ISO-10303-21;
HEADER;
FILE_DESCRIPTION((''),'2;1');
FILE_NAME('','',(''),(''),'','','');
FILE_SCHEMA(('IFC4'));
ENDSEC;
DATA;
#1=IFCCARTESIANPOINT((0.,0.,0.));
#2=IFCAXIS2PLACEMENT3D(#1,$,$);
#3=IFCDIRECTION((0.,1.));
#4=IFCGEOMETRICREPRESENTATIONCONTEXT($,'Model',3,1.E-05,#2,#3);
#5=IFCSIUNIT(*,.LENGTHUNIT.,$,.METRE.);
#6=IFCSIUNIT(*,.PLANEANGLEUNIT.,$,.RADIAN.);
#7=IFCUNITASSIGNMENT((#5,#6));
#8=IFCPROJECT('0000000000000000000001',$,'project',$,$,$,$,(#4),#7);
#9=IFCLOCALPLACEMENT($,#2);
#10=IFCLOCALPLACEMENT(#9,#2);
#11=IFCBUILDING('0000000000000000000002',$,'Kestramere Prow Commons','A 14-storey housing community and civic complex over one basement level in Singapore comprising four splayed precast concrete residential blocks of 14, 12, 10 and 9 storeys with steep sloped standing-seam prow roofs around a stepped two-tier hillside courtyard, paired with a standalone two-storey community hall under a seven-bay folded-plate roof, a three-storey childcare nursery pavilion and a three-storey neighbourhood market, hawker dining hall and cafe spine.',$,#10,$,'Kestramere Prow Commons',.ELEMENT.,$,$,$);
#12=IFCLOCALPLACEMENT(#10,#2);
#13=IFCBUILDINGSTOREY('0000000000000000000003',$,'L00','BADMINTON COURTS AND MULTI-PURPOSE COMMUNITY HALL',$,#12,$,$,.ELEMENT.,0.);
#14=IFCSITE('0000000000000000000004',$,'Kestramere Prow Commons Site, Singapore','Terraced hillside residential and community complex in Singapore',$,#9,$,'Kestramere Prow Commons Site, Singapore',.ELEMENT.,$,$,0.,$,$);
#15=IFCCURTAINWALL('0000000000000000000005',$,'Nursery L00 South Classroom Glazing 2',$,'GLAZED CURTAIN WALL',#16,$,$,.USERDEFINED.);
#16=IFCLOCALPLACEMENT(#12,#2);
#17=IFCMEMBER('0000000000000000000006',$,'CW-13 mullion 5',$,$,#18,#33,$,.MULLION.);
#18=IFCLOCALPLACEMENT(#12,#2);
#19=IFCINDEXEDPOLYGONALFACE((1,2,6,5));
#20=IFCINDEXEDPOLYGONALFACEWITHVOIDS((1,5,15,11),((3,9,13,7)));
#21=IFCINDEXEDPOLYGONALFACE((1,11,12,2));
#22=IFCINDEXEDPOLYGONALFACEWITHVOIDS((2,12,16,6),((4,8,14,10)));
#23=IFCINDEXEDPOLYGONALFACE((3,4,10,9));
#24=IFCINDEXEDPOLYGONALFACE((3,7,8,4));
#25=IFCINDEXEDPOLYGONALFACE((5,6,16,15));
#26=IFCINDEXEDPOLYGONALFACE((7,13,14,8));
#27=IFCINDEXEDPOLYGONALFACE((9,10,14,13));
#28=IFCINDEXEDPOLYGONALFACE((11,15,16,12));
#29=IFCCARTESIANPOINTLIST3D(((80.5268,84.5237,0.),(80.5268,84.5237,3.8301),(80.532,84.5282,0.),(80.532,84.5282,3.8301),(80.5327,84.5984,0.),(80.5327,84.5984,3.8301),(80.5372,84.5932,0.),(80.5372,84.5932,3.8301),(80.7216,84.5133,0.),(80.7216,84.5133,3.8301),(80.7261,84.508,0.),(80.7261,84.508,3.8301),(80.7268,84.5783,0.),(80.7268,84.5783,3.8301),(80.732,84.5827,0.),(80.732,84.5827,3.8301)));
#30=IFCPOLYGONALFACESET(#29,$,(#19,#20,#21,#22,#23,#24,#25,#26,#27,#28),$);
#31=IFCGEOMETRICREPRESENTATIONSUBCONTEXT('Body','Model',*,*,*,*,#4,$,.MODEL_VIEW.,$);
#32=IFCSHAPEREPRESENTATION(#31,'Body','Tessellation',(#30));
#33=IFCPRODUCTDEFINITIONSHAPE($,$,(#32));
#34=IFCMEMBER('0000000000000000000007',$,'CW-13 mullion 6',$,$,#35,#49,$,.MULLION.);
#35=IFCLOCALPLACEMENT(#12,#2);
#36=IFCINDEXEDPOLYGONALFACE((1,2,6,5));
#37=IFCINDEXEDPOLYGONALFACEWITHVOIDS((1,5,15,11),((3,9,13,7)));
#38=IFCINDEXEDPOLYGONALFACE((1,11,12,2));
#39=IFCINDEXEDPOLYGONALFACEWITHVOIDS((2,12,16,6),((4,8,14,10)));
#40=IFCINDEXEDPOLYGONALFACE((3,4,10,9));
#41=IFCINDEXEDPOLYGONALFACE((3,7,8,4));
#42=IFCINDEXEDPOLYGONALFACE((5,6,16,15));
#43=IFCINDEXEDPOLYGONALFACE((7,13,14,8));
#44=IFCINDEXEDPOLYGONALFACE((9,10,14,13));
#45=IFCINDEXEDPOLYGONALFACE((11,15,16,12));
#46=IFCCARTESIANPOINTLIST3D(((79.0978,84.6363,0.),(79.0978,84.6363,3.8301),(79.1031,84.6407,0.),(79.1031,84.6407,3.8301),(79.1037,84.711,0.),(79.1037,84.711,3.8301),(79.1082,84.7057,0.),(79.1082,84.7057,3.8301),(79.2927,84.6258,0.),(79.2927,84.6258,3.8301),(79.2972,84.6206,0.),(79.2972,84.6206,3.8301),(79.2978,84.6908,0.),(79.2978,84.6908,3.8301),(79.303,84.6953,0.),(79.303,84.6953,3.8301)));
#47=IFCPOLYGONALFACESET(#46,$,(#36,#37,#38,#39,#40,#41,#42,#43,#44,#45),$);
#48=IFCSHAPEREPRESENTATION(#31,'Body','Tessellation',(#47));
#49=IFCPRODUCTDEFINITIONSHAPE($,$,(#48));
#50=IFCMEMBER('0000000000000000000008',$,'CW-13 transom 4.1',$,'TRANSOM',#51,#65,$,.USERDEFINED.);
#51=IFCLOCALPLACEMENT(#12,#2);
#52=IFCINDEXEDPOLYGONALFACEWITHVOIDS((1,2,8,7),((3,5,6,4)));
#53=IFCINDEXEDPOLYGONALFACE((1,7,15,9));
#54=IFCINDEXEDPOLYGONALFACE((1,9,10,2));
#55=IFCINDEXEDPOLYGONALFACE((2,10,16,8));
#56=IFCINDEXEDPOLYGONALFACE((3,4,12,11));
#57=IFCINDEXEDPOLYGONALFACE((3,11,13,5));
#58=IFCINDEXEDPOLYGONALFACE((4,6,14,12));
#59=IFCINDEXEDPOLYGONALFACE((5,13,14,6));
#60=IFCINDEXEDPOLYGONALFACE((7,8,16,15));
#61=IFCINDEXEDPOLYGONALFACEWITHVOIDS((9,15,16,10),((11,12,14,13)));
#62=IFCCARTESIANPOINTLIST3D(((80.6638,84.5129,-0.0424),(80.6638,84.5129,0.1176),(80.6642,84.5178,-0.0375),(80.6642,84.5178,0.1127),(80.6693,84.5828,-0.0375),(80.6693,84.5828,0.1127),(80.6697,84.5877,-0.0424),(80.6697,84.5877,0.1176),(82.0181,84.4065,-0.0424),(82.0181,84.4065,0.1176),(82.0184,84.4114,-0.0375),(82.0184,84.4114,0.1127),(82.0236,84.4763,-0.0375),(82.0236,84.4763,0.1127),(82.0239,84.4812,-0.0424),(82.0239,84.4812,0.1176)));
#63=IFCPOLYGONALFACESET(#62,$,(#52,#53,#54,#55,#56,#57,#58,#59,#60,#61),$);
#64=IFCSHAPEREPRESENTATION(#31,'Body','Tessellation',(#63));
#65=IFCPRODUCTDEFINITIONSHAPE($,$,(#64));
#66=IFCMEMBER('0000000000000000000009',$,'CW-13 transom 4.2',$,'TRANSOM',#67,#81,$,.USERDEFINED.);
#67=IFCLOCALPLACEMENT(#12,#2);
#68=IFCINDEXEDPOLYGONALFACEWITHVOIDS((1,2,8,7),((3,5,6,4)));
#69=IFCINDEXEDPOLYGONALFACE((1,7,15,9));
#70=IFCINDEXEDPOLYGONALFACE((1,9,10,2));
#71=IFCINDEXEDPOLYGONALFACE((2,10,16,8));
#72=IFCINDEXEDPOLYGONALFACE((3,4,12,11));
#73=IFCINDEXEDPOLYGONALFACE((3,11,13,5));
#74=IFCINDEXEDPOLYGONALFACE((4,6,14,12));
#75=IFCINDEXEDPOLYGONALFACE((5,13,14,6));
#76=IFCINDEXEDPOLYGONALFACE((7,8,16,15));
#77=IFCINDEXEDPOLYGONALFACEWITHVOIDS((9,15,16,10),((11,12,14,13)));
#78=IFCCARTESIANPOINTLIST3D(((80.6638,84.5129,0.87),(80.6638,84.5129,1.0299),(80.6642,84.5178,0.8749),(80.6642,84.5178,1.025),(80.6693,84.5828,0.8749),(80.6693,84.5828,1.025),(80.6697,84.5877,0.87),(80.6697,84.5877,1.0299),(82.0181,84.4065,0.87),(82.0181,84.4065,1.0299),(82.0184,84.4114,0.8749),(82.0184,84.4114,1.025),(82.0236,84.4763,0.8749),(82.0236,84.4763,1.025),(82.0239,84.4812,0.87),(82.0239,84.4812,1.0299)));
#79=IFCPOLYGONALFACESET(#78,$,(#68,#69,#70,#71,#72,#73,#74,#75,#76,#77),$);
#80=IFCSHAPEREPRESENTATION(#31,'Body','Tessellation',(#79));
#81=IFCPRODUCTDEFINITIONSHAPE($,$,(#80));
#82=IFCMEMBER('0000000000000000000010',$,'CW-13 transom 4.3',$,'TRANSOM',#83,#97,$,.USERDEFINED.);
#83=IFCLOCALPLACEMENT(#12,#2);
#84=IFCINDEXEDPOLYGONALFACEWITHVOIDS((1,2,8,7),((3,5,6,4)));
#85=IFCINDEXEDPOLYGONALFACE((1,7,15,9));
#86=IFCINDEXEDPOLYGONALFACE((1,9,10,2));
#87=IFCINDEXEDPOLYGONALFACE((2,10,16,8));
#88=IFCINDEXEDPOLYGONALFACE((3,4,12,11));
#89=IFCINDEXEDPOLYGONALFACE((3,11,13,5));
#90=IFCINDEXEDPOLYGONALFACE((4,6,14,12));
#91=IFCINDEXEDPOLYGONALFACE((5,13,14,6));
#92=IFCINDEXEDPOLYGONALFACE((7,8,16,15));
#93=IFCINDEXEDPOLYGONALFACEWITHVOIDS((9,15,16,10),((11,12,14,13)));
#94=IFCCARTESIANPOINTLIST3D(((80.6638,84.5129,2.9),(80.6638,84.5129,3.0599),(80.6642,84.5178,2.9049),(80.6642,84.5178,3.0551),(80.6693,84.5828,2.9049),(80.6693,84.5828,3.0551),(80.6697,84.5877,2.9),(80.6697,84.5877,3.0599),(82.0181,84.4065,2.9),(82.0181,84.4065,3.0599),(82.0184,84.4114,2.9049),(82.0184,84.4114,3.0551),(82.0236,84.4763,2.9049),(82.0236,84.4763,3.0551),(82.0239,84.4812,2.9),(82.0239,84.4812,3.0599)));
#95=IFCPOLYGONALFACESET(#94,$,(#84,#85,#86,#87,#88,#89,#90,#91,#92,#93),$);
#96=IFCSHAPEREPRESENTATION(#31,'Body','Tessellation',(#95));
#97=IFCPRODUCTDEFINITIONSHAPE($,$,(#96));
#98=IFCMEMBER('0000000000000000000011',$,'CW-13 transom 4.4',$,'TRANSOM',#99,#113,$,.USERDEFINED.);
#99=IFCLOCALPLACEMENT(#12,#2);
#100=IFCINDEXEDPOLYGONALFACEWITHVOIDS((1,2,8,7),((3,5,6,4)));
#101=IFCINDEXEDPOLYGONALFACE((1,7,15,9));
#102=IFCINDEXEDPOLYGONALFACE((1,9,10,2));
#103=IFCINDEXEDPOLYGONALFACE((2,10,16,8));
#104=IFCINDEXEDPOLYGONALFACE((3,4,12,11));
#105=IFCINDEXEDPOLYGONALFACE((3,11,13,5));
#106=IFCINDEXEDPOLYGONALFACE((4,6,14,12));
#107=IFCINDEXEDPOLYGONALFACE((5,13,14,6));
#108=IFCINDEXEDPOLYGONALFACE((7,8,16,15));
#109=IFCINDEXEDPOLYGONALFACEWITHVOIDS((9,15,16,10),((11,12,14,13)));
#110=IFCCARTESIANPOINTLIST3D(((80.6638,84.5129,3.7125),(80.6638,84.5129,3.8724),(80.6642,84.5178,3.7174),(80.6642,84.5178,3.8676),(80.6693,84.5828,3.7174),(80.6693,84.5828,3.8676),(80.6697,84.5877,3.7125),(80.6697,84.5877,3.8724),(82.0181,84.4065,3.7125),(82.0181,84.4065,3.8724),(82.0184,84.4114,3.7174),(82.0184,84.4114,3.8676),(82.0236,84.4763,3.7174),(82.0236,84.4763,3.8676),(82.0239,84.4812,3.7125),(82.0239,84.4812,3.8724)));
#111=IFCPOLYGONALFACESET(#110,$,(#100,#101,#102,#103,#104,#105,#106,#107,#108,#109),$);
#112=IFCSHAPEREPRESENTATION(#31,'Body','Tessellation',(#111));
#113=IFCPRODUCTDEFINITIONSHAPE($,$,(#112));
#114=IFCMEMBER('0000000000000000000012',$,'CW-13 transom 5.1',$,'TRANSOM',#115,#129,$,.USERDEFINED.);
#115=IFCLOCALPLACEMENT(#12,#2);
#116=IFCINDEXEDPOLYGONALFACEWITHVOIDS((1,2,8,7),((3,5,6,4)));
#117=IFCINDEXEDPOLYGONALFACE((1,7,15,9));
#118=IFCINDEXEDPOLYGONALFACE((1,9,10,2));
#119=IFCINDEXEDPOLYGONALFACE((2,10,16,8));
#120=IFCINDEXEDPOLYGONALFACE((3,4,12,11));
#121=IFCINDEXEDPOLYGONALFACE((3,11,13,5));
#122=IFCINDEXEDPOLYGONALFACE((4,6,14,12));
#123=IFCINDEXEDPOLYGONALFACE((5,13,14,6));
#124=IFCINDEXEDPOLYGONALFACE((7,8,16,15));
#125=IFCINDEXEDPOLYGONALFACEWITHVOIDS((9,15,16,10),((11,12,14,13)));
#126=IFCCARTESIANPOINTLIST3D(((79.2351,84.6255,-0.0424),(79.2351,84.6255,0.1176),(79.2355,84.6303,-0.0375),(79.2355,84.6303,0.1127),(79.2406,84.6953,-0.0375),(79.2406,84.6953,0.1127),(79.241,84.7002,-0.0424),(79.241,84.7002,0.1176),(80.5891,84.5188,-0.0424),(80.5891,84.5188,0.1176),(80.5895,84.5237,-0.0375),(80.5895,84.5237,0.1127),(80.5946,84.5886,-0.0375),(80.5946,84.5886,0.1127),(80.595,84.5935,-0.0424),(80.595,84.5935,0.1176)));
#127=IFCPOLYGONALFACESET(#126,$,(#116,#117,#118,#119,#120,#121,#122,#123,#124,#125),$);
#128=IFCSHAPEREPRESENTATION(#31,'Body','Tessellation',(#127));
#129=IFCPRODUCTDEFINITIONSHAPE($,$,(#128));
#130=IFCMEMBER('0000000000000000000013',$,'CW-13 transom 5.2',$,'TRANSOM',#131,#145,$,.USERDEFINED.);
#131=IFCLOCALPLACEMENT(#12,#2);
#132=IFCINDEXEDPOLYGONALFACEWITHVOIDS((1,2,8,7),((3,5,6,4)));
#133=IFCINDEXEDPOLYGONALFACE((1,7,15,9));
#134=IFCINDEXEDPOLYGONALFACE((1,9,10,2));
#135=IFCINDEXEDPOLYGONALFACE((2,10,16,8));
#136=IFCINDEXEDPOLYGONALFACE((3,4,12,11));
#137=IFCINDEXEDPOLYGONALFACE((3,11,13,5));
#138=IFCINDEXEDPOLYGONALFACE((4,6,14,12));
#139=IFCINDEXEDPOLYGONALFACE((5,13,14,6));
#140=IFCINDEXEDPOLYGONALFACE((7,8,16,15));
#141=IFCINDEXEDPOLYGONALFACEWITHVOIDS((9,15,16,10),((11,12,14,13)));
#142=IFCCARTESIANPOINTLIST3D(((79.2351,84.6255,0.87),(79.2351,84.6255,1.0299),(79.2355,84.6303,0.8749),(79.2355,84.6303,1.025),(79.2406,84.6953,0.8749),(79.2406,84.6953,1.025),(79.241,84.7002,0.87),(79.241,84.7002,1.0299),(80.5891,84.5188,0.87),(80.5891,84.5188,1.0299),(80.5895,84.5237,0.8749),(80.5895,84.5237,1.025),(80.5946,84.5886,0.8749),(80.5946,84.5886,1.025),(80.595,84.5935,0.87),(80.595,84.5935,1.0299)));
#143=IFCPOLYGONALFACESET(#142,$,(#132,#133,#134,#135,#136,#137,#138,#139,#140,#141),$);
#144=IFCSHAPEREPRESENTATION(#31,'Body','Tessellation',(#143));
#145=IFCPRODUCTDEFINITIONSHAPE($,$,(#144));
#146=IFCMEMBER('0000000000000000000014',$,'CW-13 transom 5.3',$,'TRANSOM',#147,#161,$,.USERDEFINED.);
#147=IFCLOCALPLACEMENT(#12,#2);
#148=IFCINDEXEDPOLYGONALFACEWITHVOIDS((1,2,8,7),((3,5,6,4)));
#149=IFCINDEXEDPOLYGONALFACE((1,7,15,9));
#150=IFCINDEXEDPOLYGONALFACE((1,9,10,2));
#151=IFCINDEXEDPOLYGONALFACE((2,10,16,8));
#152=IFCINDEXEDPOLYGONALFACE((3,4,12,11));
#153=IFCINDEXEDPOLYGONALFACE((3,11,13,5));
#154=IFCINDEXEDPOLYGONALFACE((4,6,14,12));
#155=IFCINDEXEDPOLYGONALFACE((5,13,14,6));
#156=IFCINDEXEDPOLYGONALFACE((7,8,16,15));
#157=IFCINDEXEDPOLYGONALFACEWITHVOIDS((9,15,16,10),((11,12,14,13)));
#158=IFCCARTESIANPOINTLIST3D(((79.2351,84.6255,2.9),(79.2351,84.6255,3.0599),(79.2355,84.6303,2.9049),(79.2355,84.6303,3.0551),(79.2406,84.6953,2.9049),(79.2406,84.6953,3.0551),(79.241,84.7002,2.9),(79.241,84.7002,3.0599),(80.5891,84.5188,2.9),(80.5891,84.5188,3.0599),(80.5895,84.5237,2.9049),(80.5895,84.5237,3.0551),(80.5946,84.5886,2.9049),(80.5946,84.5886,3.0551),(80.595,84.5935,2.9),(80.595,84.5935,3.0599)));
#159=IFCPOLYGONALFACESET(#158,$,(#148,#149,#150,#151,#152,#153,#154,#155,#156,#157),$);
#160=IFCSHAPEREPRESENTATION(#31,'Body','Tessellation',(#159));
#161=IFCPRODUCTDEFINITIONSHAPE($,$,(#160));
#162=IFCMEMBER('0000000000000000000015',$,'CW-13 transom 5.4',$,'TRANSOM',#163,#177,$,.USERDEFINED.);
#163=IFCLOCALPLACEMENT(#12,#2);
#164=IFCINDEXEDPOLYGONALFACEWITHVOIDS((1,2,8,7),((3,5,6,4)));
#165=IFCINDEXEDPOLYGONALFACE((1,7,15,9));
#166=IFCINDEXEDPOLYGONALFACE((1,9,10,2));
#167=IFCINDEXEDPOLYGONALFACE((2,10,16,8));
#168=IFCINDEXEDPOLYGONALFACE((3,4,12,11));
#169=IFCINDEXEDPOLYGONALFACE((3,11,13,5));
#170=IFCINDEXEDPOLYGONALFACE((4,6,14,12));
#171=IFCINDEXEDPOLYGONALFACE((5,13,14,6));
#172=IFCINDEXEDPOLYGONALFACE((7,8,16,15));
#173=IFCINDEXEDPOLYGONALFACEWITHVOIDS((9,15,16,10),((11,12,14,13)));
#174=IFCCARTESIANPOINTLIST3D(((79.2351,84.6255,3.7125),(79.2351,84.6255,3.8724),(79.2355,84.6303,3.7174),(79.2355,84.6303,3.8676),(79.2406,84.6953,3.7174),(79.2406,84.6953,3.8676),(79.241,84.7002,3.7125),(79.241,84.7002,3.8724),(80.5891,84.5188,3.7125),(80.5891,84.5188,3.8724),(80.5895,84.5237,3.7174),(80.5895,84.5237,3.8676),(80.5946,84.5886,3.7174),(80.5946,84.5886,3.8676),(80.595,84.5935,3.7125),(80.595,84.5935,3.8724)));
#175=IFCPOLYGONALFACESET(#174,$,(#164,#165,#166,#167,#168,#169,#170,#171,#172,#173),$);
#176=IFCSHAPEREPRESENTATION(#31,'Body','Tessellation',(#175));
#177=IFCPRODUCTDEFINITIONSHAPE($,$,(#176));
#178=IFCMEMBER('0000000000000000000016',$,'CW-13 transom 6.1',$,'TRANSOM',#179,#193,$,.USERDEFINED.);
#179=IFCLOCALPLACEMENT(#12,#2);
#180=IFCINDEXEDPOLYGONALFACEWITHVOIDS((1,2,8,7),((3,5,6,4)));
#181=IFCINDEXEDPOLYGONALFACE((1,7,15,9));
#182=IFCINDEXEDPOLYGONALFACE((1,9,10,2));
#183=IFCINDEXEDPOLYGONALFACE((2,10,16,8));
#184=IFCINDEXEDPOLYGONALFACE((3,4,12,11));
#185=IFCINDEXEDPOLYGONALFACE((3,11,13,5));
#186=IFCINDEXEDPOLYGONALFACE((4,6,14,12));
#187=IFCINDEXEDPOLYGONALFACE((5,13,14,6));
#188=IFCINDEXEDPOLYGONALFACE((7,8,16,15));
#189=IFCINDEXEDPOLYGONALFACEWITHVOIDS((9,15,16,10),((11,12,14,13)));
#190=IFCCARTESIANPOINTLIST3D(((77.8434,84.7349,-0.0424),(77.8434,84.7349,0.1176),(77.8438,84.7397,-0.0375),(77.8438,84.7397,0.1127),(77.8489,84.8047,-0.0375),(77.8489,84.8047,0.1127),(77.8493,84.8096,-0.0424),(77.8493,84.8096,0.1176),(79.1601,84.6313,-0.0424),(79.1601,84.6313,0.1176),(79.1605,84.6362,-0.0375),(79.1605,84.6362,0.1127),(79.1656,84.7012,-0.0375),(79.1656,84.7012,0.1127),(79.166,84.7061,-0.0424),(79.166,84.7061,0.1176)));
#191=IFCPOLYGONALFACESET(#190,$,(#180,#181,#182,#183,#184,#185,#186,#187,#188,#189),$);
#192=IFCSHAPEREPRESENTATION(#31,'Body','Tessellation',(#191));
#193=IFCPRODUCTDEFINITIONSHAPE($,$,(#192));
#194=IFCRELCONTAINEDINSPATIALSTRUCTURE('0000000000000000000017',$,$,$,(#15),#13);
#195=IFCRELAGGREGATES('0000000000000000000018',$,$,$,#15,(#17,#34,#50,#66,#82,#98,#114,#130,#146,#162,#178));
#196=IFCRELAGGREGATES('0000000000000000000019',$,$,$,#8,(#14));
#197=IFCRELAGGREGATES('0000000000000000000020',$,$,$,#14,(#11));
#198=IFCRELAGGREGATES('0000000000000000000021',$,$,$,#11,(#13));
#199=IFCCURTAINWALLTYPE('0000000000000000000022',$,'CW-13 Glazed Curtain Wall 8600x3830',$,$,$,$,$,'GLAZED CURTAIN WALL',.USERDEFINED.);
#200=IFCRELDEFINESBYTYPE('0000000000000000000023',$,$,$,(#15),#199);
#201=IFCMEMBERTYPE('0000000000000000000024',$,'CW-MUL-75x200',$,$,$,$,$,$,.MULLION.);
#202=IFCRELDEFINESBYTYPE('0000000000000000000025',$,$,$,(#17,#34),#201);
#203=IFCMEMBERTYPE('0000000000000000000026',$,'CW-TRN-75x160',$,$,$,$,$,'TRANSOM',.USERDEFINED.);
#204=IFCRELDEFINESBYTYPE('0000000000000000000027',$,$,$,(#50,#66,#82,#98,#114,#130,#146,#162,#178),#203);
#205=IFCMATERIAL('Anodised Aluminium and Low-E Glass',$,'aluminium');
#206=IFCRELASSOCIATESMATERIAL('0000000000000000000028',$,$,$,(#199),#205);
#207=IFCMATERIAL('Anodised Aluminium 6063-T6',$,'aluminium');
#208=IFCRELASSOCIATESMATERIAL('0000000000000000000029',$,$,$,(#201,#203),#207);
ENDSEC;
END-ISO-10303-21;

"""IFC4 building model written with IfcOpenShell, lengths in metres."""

from ifc_helpers import new_model, si_unit, direction, frame, origin, origin_2d, place, context, subcontext, project, spatial, hollow_rectangle, extrude, material, material_profile, profile_set, type_object, element, aggregate, save


model = new_model("IFC4")

# Units and contexts
model_context = context("Model", 3, precision=1e-05, world=origin(), true_north=direction((0.0, 1.0)))
body_context = subcontext(model_context, "Body", "Model", "MODEL_VIEW")
ifc_project = project(units=[si_unit("LENGTHUNIT", "METRE"), si_unit("PLANEANGLEUNIT", "RADIAN")], contexts=[model_context])

# Site, building, storey
site_placement = place(None, origin())
site = spatial("IfcSite", under=ifc_project, at=site_placement, Name="Kestramere Prow Commons Site, Singapore", Description="Terraced hillside residential and community complex in Singapore", LongName="Kestramere Prow Commons Site, Singapore", CompositionType="ELEMENT", RefElevation=0.0)
building_placement = place(site_placement, origin())
building = spatial("IfcBuilding", under=site, at=building_placement, Name="Kestramere Prow Commons", Description="A 14-storey housing community and civic complex over one basement level in Singapore comprising four splayed precast concrete residential blocks of 14, 12, 10 and 9 storeys with steep sloped standing-seam prow roofs around a stepped two-tier hillside courtyard, paired with a standalone two-storey community hall under a seven-bay folded-plate roof, a three-storey childcare nursery pavilion and a three-storey neighbourhood market, hawker dining hall and cafe spine.", LongName="Kestramere Prow Commons", CompositionType="ELEMENT")
storey_placement = place(building_placement, origin())
storey = spatial("IfcBuildingStorey", under=building, at=storey_placement, Name="L00", Description="BADMINTON COURTS AND MULTI-PURPOSE COMMUNITY HALL", CompositionType="ELEMENT", Elevation=0.0)

# Curtain wall, members
ifc_material_1 = material(Name="Anodised Aluminium and Low-E Glass", Category="aluminium")
curtain_wall_type = type_object("IfcCurtainWallType", Name="CW-13 Glazed Curtain Wall 8600x3830", ElementType="GLAZED CURTAIN WALL", PredefinedType="USERDEFINED", material=ifc_material_1)
curtain_wall_placement = place(storey_placement, origin())
curtain_wall = element("IfcCurtainWall", 1, at=curtain_wall_placement, inside=storey, type_object=curtain_wall_type, Name="Nursery L00 South Classroom Glazing 2", ObjectType="GLAZED CURTAIN WALL", PredefinedType="USERDEFINED")
ifc_material_2 = material(Name="Anodised Aluminium 6063-T6", Category="aluminium")
ifc_material_profile_1 = material_profile(ifc_material_2, hollow_rectangle(XDim=0.075, YDim=0.2, WallThickness=0.0049, at=origin_2d()), Name="ALU-MUL 75x200")
ifc_profile_set_1 = profile_set([ifc_material_profile_1], Name="Anodised Aluminium 6063-T6")
member_type_1 = type_object("IfcMemberType", Name="CW-MUL-75x200", PredefinedType="MULLION", material=ifc_profile_set_1)
member_1_placement = place(storey_placement, frame((80.6294, 84.5532, 0.0), z_axis=(0.0, 0.0, 1.0), x_axis=(-0.078459, -0.996917, 0.0)))
member_1 = element("IfcMember", 2, at=member_1_placement, type_object=member_type_1, Name="CW-13 mullion 5", PredefinedType="MULLION", context=body_context, shape_type="SweptSolid", body=[
    extrude(hollow_rectangle(XDim=0.075, YDim=0.2, WallThickness=0.0049, at=origin_2d()), origin(), (0.0, 0.0, 1.0), 3.8301),
])
member_2_placement = place(storey_placement, frame((79.2004, 84.6658, 0.0), z_axis=(0.0, 0.0, 1.0), x_axis=(-0.078459, -0.996917, 0.0)))
member_2 = element("IfcMember", 3, at=member_2_placement, type_object=member_type_1, Name="CW-13 mullion 6", PredefinedType="MULLION", context=body_context, shape_type="SweptSolid", body=[
    extrude(hollow_rectangle(XDim=0.075, YDim=0.2, WallThickness=0.0049, at=origin_2d()), origin(), (0.0, 0.0, 1.0), 3.8301),
])
ifc_material_profile_2 = material_profile(ifc_material_2, hollow_rectangle(XDim=0.075, YDim=0.1599, WallThickness=0.0049, at=origin_2d()), Name="ALU-TRN 75x160")
ifc_profile_set_2 = profile_set([ifc_material_profile_2], Name="Anodised Aluminium 6063-T6")
member_type_2 = type_object("IfcMemberType", Name="CW-TRN-75x160", ElementType="TRANSOM", PredefinedType="USERDEFINED", material=ifc_profile_set_2)
member_3_placement = place(storey_placement, frame((82.021, 84.4438, 0.0376), z_axis=(-0.996925, 0.078359, 0.0), x_axis=(-0.078359, -0.996925, 0.0)))
member_3 = element("IfcMember", 4, at=member_3_placement, type_object=member_type_2, Name="CW-13 transom 4.1", ObjectType="TRANSOM", PredefinedType="USERDEFINED", context=body_context, shape_type="SweptSolid", body=[
    extrude(hollow_rectangle(XDim=0.075, YDim=0.1599, WallThickness=0.0049, at=origin_2d()), origin(), (0.0, 0.0, 1.0), 1.3584),
])
member_4_placement = place(storey_placement, frame((82.021, 84.4438, 0.95), z_axis=(-0.996925, 0.078359, 0.0), x_axis=(-0.078359, -0.996925, 0.0)))
member_4 = element("IfcMember", 5, at=member_4_placement, type_object=member_type_2, Name="CW-13 transom 4.2", ObjectType="TRANSOM", PredefinedType="USERDEFINED", context=body_context, shape_type="SweptSolid", body=[
    extrude(hollow_rectangle(XDim=0.075, YDim=0.1599, WallThickness=0.0049, at=origin_2d()), origin(), (0.0, 0.0, 1.0), 1.3584),
])
member_5_placement = place(storey_placement, frame((82.021, 84.4438, 2.98), z_axis=(-0.996925, 0.078359, 0.0), x_axis=(-0.078359, -0.996925, 0.0)))
member_5 = element("IfcMember", 6, at=member_5_placement, type_object=member_type_2, Name="CW-13 transom 4.3", ObjectType="TRANSOM", PredefinedType="USERDEFINED", context=body_context, shape_type="SweptSolid", body=[
    extrude(hollow_rectangle(XDim=0.075, YDim=0.1599, WallThickness=0.0049, at=origin_2d()), origin(), (0.0, 0.0, 1.0), 1.3584),
])
member_6_placement = place(storey_placement, frame((82.021, 84.4438, 3.7925), z_axis=(-0.996925, 0.078359, 0.0), x_axis=(-0.078359, -0.996925, 0.0)))
member_6 = element("IfcMember", 7, at=member_6_placement, type_object=member_type_2, Name="CW-13 transom 4.4", ObjectType="TRANSOM", PredefinedType="USERDEFINED", context=body_context, shape_type="SweptSolid", body=[
    extrude(hollow_rectangle(XDim=0.075, YDim=0.1599, WallThickness=0.0049, at=origin_2d()), origin(), (0.0, 0.0, 1.0), 1.3584),
])
member_7_placement = place(storey_placement, frame((80.592, 84.5562, 0.0376), z_axis=(-0.99691, 0.078552, 0.0), x_axis=(-0.078552, -0.99691, 0.0)))
member_7 = element("IfcMember", 8, at=member_7_placement, type_object=member_type_2, Name="CW-13 transom 5.1", ObjectType="TRANSOM", PredefinedType="USERDEFINED", context=body_context, shape_type="SweptSolid", body=[
    extrude(hollow_rectangle(XDim=0.075, YDim=0.1599, WallThickness=0.0049, at=origin_2d()), origin(), (0.0, 0.0, 1.0), 1.3582),
])
member_8_placement = place(storey_placement, frame((80.592, 84.5562, 0.95), z_axis=(-0.99691, 0.078552, 0.0), x_axis=(-0.078552, -0.99691, 0.0)))
member_8 = element("IfcMember", 9, at=member_8_placement, type_object=member_type_2, Name="CW-13 transom 5.2", ObjectType="TRANSOM", PredefinedType="USERDEFINED", context=body_context, shape_type="SweptSolid", body=[
    extrude(hollow_rectangle(XDim=0.075, YDim=0.1599, WallThickness=0.0049, at=origin_2d()), origin(), (0.0, 0.0, 1.0), 1.3582),
])
member_9_placement = place(storey_placement, frame((80.592, 84.5562, 2.98), z_axis=(-0.99691, 0.078552, 0.0), x_axis=(-0.078552, -0.99691, 0.0)))
member_9 = element("IfcMember", 10, at=member_9_placement, type_object=member_type_2, Name="CW-13 transom 5.3", ObjectType="TRANSOM", PredefinedType="USERDEFINED", context=body_context, shape_type="SweptSolid", body=[
    extrude(hollow_rectangle(XDim=0.075, YDim=0.1599, WallThickness=0.0049, at=origin_2d()), origin(), (0.0, 0.0, 1.0), 1.3582),
])
member_10_placement = place(storey_placement, frame((80.592, 84.5562, 3.7925), z_axis=(-0.99691, 0.078552, 0.0), x_axis=(-0.078552, -0.99691, 0.0)))
member_10 = element("IfcMember", 11, at=member_10_placement, type_object=member_type_2, Name="CW-13 transom 5.4", ObjectType="TRANSOM", PredefinedType="USERDEFINED", context=body_context, shape_type="SweptSolid", body=[
    extrude(hollow_rectangle(XDim=0.075, YDim=0.1599, WallThickness=0.0049, at=origin_2d()), origin(), (0.0, 0.0, 1.0), 1.3582),
])
member_11_placement = place(storey_placement, frame((79.1631, 84.6687, 0.0376), z_axis=(-0.996924, 0.078379, 0.0), x_axis=(-0.078379, -0.996924, 0.0)))
member_11 = element("IfcMember", 12, at=member_11_placement, type_object=member_type_2, Name="CW-13 transom 6.1", ObjectType="TRANSOM", PredefinedType="USERDEFINED", context=body_context, shape_type="SweptSolid", body=[
    extrude(hollow_rectangle(XDim=0.075, YDim=0.1599, WallThickness=0.0049, at=origin_2d()), origin(), (0.0, 0.0, 1.0), 1.3208),
])
aggregate(curtain_wall, [member_1, member_2, member_3, member_4, member_5, member_6, member_7, member_8, member_9, member_10, member_11])

save(model, "model.ifc")
